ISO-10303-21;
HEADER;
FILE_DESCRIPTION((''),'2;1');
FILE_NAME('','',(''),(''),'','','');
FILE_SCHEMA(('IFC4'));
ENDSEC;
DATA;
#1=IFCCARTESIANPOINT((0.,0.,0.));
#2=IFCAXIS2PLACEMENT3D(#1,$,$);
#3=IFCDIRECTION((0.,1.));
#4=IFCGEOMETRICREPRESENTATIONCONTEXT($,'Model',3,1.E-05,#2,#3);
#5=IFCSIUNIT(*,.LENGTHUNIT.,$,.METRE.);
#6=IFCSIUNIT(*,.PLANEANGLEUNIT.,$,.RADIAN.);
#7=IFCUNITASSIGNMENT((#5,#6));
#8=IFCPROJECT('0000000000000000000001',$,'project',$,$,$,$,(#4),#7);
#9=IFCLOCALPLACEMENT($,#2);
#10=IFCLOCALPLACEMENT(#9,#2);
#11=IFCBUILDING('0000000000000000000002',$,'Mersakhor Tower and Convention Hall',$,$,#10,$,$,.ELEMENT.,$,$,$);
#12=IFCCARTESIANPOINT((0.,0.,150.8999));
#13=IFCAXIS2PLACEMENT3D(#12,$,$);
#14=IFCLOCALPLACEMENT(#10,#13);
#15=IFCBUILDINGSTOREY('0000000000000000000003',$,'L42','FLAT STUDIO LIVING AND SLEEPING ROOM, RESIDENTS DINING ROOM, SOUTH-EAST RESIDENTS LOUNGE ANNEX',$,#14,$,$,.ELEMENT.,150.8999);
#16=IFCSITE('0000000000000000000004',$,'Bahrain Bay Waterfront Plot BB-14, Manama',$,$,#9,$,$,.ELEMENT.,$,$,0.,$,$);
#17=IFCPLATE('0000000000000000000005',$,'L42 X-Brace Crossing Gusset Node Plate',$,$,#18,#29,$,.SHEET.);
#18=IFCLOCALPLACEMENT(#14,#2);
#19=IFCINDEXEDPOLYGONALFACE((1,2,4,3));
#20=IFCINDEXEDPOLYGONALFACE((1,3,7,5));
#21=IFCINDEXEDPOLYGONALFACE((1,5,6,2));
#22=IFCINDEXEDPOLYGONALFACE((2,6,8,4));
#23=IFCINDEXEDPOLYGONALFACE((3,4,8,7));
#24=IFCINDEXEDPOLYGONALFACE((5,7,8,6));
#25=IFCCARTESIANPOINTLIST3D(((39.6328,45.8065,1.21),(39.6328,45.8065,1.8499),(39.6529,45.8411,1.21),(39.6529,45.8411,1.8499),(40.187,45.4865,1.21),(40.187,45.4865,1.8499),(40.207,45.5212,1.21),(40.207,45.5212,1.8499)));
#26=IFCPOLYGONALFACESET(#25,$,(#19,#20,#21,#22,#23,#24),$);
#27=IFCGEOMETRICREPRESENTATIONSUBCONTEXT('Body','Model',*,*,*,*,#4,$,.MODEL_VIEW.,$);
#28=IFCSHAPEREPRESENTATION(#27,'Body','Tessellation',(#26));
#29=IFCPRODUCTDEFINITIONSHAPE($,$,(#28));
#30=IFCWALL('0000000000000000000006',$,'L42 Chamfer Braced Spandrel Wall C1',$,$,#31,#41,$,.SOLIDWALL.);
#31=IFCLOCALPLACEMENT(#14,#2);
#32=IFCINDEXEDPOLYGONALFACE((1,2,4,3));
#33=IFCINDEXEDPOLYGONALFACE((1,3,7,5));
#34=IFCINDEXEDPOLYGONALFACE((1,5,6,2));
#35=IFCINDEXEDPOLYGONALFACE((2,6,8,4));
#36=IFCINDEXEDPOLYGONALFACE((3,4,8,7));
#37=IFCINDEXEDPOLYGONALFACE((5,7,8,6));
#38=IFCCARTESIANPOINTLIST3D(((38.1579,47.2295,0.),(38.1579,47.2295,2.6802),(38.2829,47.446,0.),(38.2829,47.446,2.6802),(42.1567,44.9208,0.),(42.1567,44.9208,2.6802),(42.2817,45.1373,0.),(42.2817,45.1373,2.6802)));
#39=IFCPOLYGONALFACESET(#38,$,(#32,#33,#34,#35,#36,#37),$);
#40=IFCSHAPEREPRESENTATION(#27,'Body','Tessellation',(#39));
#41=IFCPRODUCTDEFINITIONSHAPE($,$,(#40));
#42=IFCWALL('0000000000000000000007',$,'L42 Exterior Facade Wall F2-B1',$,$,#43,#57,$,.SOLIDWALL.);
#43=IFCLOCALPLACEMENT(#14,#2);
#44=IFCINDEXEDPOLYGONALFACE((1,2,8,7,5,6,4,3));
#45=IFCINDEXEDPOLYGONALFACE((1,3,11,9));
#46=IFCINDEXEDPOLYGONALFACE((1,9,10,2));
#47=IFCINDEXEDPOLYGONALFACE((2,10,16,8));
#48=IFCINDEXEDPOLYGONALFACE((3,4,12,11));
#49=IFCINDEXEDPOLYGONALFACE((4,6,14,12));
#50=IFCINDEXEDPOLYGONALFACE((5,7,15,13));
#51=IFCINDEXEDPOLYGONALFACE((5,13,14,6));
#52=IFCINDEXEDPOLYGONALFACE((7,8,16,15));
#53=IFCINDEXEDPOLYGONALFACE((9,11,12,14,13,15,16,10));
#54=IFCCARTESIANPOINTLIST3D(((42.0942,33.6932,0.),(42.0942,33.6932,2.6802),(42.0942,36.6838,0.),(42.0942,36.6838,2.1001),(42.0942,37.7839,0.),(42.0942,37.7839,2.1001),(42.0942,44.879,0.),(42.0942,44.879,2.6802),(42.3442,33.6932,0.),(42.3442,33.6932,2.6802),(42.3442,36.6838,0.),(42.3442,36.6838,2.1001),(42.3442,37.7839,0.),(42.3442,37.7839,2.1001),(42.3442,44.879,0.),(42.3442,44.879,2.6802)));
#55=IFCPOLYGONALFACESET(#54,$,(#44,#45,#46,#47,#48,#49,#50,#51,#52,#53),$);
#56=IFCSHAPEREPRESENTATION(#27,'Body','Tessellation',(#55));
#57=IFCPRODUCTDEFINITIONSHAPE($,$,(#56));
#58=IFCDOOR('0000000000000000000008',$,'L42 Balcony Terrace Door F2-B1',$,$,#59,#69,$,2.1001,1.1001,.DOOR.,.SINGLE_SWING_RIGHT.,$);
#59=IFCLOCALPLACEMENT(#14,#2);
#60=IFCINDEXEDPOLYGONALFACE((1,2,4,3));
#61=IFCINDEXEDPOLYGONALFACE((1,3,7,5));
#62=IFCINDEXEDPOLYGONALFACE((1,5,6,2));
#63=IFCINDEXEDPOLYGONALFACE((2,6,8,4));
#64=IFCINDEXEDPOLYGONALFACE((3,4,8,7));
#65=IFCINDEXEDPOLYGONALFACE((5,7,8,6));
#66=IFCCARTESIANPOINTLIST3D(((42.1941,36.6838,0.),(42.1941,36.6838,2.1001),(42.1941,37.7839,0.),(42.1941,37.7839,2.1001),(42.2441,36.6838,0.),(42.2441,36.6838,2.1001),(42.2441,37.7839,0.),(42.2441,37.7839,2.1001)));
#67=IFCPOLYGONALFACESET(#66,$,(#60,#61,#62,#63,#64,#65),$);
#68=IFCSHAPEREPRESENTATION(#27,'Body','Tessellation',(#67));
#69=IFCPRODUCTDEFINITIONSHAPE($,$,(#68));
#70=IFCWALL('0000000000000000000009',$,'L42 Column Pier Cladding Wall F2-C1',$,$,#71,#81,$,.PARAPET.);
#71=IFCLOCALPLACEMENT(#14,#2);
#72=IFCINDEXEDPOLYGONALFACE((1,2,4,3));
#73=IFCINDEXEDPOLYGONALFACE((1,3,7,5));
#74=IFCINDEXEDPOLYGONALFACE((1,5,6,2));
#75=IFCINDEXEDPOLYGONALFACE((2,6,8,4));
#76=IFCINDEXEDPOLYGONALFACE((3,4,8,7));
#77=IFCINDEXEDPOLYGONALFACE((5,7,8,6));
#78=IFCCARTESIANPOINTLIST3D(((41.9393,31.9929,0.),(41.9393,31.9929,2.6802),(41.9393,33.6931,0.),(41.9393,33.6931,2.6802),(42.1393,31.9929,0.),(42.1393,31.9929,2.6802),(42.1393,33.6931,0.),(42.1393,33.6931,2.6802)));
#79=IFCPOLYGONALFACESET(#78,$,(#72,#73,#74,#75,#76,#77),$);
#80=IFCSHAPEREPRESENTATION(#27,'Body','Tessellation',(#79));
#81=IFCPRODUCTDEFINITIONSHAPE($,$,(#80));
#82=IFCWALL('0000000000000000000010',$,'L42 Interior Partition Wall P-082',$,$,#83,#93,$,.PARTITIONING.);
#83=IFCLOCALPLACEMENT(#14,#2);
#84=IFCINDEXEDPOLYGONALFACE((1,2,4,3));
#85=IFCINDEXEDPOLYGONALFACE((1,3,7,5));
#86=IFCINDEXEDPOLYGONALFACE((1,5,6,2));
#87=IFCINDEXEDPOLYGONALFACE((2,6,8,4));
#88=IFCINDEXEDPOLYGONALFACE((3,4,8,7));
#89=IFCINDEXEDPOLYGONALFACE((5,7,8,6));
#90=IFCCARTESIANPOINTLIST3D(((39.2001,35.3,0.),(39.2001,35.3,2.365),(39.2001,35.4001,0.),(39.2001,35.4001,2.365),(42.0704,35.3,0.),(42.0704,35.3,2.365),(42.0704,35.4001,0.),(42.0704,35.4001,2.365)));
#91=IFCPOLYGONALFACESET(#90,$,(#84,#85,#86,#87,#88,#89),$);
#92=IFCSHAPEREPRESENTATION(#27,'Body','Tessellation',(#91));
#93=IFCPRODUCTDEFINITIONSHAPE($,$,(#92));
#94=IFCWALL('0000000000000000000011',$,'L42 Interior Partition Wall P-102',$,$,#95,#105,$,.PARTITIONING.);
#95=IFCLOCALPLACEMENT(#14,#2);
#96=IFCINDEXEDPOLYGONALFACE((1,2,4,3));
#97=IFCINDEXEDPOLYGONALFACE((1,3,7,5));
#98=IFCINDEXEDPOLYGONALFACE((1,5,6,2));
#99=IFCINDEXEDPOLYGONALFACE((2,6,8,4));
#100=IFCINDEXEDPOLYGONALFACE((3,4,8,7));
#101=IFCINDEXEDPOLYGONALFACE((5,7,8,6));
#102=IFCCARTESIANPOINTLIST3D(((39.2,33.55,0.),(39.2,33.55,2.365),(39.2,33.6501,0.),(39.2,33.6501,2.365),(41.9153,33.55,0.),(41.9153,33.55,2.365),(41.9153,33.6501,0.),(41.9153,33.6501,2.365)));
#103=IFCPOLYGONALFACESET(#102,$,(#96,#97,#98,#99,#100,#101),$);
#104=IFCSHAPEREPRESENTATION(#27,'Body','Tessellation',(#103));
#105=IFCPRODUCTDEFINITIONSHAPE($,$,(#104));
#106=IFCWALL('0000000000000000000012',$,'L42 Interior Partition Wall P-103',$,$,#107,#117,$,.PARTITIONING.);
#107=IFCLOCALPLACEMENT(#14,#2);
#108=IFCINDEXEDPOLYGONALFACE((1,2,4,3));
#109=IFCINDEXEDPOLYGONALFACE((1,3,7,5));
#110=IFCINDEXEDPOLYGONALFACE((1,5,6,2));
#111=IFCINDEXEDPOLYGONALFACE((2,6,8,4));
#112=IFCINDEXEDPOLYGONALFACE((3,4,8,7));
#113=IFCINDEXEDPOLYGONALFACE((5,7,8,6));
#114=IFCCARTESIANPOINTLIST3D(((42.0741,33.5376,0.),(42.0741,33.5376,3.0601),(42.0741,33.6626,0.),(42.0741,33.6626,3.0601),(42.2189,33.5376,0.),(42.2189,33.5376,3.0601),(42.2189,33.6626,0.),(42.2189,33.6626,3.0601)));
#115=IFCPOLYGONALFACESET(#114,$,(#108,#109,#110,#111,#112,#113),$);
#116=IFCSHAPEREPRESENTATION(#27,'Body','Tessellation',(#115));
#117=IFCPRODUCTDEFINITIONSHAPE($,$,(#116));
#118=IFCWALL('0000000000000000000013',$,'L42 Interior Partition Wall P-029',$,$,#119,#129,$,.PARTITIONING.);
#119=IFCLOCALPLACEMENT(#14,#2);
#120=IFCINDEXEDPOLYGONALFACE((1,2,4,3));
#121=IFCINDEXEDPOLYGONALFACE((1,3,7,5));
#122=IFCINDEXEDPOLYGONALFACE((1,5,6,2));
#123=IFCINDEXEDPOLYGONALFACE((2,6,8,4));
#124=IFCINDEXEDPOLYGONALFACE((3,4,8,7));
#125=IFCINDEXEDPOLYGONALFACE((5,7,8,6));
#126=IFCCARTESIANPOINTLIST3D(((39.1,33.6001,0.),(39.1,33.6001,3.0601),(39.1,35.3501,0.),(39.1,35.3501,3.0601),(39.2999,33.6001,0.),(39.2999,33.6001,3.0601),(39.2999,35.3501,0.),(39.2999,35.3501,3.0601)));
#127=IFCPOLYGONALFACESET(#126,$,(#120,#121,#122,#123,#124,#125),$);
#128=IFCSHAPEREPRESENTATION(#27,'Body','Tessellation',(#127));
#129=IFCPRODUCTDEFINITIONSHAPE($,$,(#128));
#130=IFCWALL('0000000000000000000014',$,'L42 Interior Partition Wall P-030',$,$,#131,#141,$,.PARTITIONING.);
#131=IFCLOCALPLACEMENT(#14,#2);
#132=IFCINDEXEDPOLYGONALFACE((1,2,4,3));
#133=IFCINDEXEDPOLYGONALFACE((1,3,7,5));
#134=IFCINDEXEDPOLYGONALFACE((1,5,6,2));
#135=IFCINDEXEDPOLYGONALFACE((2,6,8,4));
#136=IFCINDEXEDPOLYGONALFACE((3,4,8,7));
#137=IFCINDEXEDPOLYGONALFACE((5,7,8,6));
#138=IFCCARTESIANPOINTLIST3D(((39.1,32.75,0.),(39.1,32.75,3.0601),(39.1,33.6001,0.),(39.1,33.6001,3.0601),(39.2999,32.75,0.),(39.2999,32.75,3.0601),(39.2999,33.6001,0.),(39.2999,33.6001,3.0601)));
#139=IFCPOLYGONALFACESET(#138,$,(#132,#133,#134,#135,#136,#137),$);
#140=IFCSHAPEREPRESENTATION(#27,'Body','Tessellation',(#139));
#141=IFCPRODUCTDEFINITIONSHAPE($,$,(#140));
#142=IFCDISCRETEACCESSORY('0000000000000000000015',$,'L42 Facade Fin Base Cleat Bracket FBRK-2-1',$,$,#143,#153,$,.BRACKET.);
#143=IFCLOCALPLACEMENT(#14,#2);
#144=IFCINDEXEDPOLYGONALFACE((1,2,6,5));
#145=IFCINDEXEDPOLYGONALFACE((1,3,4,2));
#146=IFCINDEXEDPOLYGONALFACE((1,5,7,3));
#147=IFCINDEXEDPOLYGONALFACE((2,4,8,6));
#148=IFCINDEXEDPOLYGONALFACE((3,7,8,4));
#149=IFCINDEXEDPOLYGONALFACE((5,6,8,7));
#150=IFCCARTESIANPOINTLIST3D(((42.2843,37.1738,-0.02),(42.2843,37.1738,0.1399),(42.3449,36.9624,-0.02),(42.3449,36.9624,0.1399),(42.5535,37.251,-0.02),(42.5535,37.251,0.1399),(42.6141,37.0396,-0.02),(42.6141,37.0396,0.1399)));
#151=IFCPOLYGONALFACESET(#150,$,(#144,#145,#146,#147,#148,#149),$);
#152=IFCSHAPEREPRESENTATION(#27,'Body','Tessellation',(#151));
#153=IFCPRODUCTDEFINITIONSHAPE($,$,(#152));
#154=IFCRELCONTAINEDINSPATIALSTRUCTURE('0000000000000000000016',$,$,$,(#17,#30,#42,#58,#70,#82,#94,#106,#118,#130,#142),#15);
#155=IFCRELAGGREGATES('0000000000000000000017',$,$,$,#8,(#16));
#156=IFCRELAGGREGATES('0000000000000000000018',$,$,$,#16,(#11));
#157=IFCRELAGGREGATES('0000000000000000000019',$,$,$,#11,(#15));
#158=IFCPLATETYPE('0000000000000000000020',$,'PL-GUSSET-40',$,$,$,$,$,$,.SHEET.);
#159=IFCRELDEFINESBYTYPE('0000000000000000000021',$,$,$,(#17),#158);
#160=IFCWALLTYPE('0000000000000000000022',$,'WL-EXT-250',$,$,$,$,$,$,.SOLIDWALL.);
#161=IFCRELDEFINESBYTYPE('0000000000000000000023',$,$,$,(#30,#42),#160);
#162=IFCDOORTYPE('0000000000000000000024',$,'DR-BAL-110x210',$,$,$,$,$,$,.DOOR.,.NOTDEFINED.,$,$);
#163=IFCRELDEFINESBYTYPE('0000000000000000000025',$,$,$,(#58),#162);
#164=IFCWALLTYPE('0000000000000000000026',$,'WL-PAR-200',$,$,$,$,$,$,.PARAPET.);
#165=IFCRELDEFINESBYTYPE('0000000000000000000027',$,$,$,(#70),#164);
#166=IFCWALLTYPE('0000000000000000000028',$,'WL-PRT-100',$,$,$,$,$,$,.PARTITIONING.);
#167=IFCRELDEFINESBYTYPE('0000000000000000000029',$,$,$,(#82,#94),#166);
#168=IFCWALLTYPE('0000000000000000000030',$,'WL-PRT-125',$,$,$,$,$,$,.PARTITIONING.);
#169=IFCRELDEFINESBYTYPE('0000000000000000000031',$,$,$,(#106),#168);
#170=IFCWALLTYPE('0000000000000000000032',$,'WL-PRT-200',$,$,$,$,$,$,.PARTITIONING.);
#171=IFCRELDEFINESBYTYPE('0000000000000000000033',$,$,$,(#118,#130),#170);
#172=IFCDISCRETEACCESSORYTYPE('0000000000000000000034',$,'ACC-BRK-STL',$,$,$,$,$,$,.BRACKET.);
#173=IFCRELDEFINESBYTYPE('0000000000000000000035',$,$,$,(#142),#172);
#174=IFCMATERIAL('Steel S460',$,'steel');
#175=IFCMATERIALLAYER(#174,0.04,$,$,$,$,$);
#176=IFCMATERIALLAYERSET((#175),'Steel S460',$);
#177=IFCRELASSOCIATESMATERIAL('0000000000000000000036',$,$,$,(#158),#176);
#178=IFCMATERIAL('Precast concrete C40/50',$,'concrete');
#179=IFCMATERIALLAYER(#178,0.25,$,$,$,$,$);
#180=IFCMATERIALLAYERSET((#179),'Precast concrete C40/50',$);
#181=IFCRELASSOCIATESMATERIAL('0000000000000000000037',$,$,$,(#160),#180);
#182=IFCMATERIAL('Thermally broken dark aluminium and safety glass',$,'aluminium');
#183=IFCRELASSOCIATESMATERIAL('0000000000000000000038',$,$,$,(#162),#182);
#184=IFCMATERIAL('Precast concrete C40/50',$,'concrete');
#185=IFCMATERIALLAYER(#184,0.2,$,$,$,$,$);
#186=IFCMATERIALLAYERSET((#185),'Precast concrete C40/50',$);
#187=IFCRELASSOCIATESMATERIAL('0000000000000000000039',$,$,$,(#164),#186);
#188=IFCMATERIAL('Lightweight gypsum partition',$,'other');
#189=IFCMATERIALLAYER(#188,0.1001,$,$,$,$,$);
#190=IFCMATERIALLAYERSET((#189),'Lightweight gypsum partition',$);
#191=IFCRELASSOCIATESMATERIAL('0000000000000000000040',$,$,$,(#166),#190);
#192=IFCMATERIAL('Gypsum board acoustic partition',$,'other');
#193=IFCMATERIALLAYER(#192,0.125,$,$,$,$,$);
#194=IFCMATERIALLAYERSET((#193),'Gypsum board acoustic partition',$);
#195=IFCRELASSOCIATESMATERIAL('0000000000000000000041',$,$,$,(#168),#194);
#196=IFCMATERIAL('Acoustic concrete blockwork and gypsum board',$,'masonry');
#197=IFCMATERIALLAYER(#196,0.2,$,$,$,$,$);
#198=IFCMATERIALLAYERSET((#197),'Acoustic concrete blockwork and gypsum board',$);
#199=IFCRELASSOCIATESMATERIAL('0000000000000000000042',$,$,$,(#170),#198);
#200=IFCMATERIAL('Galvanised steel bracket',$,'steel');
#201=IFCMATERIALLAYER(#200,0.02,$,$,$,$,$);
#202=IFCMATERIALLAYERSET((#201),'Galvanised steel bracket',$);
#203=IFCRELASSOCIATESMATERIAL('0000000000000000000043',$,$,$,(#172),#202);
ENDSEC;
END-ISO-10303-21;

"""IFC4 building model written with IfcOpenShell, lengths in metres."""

from ifc_helpers import new_model, si_unit, direction, frame, frame_2d, origin, origin_2d, place, context, subcontext, project, spatial, rectangle, extrude, material, layer, layer_set, type_object, element, fill, save


model = new_model("IFC4")

# Units and contexts
model_context = context("Model", 3, precision=1e-05, world=origin(), true_north=direction((0.0, 1.0)))
body_context = subcontext(model_context, "Body", "Model", "MODEL_VIEW")
ifc_project = project(units=[si_unit("LENGTHUNIT", "METRE"), si_unit("PLANEANGLEUNIT", "RADIAN")], contexts=[model_context])

# Site, building, storey
site_placement = place(None, origin())
site = spatial("IfcSite", under=ifc_project, at=site_placement, Name="Bahrain Bay Waterfront Plot BB-14, Manama", CompositionType="ELEMENT", RefElevation=0.0)
building_placement = place(site_placement, origin())
building = spatial("IfcBuilding", under=site, at=building_placement, Name="Mersakhor Tower and Convention Hall", CompositionType="ELEMENT")
storey_placement = place(building_placement, frame((0.0, 0.0, 150.8999)))
storey = spatial("IfcBuildingStorey", under=building, at=storey_placement, Name="L42", Description="FLAT STUDIO LIVING AND SLEEPING ROOM, RESIDENTS DINING ROOM, SOUTH-EAST RESIDENTS LOUNGE ANNEX", CompositionType="ELEMENT", Elevation=150.8999)

# Plate
ifc_material_1 = material(Name="Steel S460", Category="steel")
ifc_layer_1 = layer(ifc_material_1, 0.04)
ifc_layer_set_1 = layer_set([ifc_layer_1], Name="Steel S460")
plate_type_1 = type_object("IfcPlateType", Name="PL-GUSSET-40", PredefinedType="SHEET", material=ifc_layer_set_1)
plate_1_placement = place(storey_placement, frame((39.9199, 45.6638, 1.21), z_axis=(0.0, 0.0, 1.0), x_axis=(-0.866025, 0.5, 0.0)))
element("IfcPlate", 1, at=plate_1_placement, inside=storey, type_object=plate_type_1, Name="L42 X-Brace Crossing Gusset Node Plate", PredefinedType="SHEET", context=body_context, shape_type="SweptSolid", body=[
    extrude(rectangle(XDim=0.6399, YDim=0.04, at=origin_2d()), origin(), (0.0, 0.0, 1.0), 0.6399),
])

# Wall
ifc_material_2 = material(Name="Precast concrete C40/50", Category="concrete")
ifc_layer_2 = layer(ifc_material_2, 0.25)
ifc_layer_set_2 = layer_set([ifc_layer_2], Name="Precast concrete C40/50")
wall_type_1 = type_object("IfcWallType", Name="WL-EXT-250", PredefinedType="SOLIDWALL", material=ifc_layer_set_2)
wall_1_placement = place(storey_placement, frame((38.2205, 47.3376, 0.0), z_axis=(0.0, 0.0, 1.0), x_axis=(0.866035, -0.499983, 0.0)))
element("IfcWall", 2, at=wall_1_placement, inside=storey, type_object=wall_type_1, Name="L42 Chamfer Braced Spandrel Wall C1", PredefinedType="SOLIDWALL", context=body_context, shape_type="SweptSolid", body=[
    extrude(rectangle(XDim=4.6174, YDim=0.25, at=frame_2d((2.3086, 0.0))), origin(), (0.0, 0.0, 1.0), 2.6802),
])

# Wall, opening, door
wall_2_placement = place(storey_placement, frame((42.2192, 44.8789, 0.0), z_axis=(0.0, 0.0, 1.0), x_axis=(0.0, -1.0, 0.0)))
wall_2 = element("IfcWall", 3, at=wall_2_placement, inside=storey, type_object=wall_type_1, Name="L42 Exterior Facade Wall F2-B1", PredefinedType="SOLIDWALL", context=body_context, shape_type="SweptSolid", body=[
    extrude(rectangle(XDim=11.1858, YDim=0.25, at=frame_2d((5.5928, 0.0))), origin(), (0.0, 0.0, 1.0), 2.6802),
])
opening_placement = place(wall_2_placement, frame((7.095, 0.0, 0.0)))
opening = element("IfcOpeningElement", 4, at=opening_placement, cuts=wall_2, PredefinedType="OPENING", context=body_context, shape_type="SweptSolid", body=[
    extrude(rectangle(XDim=1.1001, YDim=2.1001, at=frame_2d((0.55, 1.05))), frame((0.0, 0.135, 0.0), z_axis=(0.0, -1.0, 0.0), x_axis=(1.0, 0.0, 0.0)), (0.0, 0.0, 1.0), 0.27),
])
ifc_material_3 = material(Name="Thermally broken dark aluminium and safety glass", Category="aluminium")
door_type = type_object("IfcDoorType", Name="DR-BAL-110x210", OperationType="NOTDEFINED", PredefinedType="DOOR", material=ifc_material_3)
door_placement = place(opening_placement, origin())
door = element("IfcDoor", 5, at=door_placement, inside=storey, type_object=door_type, Name="L42 Balcony Terrace Door F2-B1", OperationType="SINGLE_SWING_RIGHT", OverallHeight=2.1001, OverallWidth=1.1001, PredefinedType="DOOR", context=body_context, shape_type="SweptSolid", body=[
    extrude(rectangle(XDim=1.1001, YDim=2.1001, at=frame_2d((0.55, 1.05))), frame((0.0, 0.0249, 0.0), z_axis=(0.0, -1.0, 0.0), x_axis=(1.0, 0.0, 0.0)), (0.0, 0.0, 1.0), 0.05),
])
fill(opening, door)

# Walls
ifc_material_4 = material(Name="Precast concrete C40/50", Category="concrete")
ifc_layer_3 = layer(ifc_material_4, 0.2)
ifc_layer_set_3 = layer_set([ifc_layer_3], Name="Precast concrete C40/50")
wall_type_2 = type_object("IfcWallType", Name="WL-PAR-200", PredefinedType="PARAPET", material=ifc_layer_set_3)
wall_3_placement = place(storey_placement, frame((42.0393, 33.6931, 0.0), z_axis=(0.0, 0.0, 1.0), x_axis=(0.0, -1.0, 0.0)))
element("IfcWall", 6, at=wall_3_placement, inside=storey, type_object=wall_type_2, Name="L42 Column Pier Cladding Wall F2-C1", PredefinedType="PARAPET", context=body_context, shape_type="SweptSolid", body=[
    extrude(rectangle(XDim=1.7002, YDim=0.2, at=frame_2d((0.8501, 0.0))), origin(), (0.0, 0.0, 1.0), 2.6802),
])
ifc_material_5 = material(Name="Lightweight gypsum partition", Category="other")
ifc_layer_4 = layer(ifc_material_5, 0.1001)
ifc_layer_set_4 = layer_set([ifc_layer_4], Name="Lightweight gypsum partition")
wall_type_3 = type_object("IfcWallType", Name="WL-PRT-100", PredefinedType="PARTITIONING", material=ifc_layer_set_4)
wall_4_placement = place(storey_placement, frame((42.0703, 35.3501, 0.0), z_axis=(0.0, 0.0, 1.0), x_axis=(-1.0, 0.0, 0.0)))
element("IfcWall", 7, at=wall_4_placement, inside=storey, type_object=wall_type_3, Name="L42 Interior Partition Wall P-082", PredefinedType="PARTITIONING", context=body_context, shape_type="SweptSolid", body=[
    extrude(rectangle(XDim=2.8704, YDim=0.1001, at=frame_2d((1.4351, 0.0))), origin(), (0.0, 0.0, 1.0), 2.365),
])
wall_5_placement = place(storey_placement, frame((39.2, 33.6001, 0.0), z_axis=(0.0, 0.0, 1.0), x_axis=(1.0, 0.0, 0.0)))
element("IfcWall", 8, at=wall_5_placement, inside=storey, type_object=wall_type_3, Name="L42 Interior Partition Wall P-102", PredefinedType="PARTITIONING", context=body_context, shape_type="SweptSolid", body=[
    extrude(rectangle(XDim=2.7153, YDim=0.1001, at=frame_2d((1.3577, 0.0))), origin(), (0.0, 0.0, 1.0), 2.365),
])
ifc_material_6 = material(Name="Gypsum board acoustic partition", Category="other")
ifc_layer_5 = layer(ifc_material_6, 0.125)
ifc_layer_set_5 = layer_set([ifc_layer_5], Name="Gypsum board acoustic partition")
wall_type_4 = type_object("IfcWallType", Name="WL-PRT-125", PredefinedType="PARTITIONING", material=ifc_layer_set_5)
wall_6_placement = place(storey_placement, frame((42.0742, 33.6001, 0.0), z_axis=(0.0, 0.0, 1.0), x_axis=(1.0, 0.0, 0.0)))
element("IfcWall", 9, at=wall_6_placement, inside=storey, type_object=wall_type_4, Name="L42 Interior Partition Wall P-103", PredefinedType="PARTITIONING", context=body_context, shape_type="SweptSolid", body=[
    extrude(rectangle(XDim=0.1448, YDim=0.125, at=frame_2d((0.0723, 0.0))), origin(), (0.0, 0.0, 1.0), 3.0601),
])
ifc_material_7 = material(Name="Acoustic concrete blockwork and gypsum board", Category="masonry")
ifc_layer_6 = layer(ifc_material_7, 0.2)
ifc_layer_set_6 = layer_set([ifc_layer_6], Name="Acoustic concrete blockwork and gypsum board")
wall_type_5 = type_object("IfcWallType", Name="WL-PRT-200", PredefinedType="PARTITIONING", material=ifc_layer_set_6)
wall_7_placement = place(storey_placement, frame((39.2, 35.3501, 0.0), z_axis=(0.0, 0.0, 1.0), x_axis=(0.0, -1.0, 0.0)))
element("IfcWall", 10, at=wall_7_placement, inside=storey, type_object=wall_type_5, Name="L42 Interior Partition Wall P-029", PredefinedType="PARTITIONING", context=body_context, shape_type="SweptSolid", body=[
    extrude(rectangle(XDim=1.75, YDim=0.2, at=frame_2d((0.875, 0.0))), origin(), (0.0, 0.0, 1.0), 3.0601),
])
wall_8_placement = place(storey_placement, frame((39.2, 33.6001, 0.0), z_axis=(0.0, 0.0, 1.0), x_axis=(0.0, -1.0, 0.0)))
element("IfcWall", 11, at=wall_8_placement, inside=storey, type_object=wall_type_5, Name="L42 Interior Partition Wall P-030", PredefinedType="PARTITIONING", context=body_context, shape_type="SweptSolid", body=[
    extrude(rectangle(XDim=0.8501, YDim=0.2, at=frame_2d((0.425, 0.0))), origin(), (0.0, 0.0, 1.0), 3.0601),
])

# Discrete accessory
ifc_material_8 = material(Name="Galvanised steel bracket", Category="steel")
ifc_layer_7 = layer(ifc_material_8, 0.02)
ifc_layer_set_7 = layer_set([ifc_layer_7], Name="Galvanised steel bracket")
discrete_accessory_type = type_object("IfcDiscreteAccessoryType", Name="ACC-BRK-STL", PredefinedType="BRACKET", material=ifc_layer_set_7)
discrete_accessory_placement = place(storey_placement, frame((42.4492, 37.1067, -0.02), z_axis=(0.0, 0.0, 1.0), x_axis=(0.961262, 0.275637, 0.0)))
element("IfcDiscreteAccessory", 12, at=discrete_accessory_placement, inside=storey, type_object=discrete_accessory_type, Name="L42 Facade Fin Base Cleat Bracket FBRK-2-1", PredefinedType="BRACKET", context=body_context, shape_type="SweptSolid", body=[
    extrude(rectangle(XDim=0.28, YDim=0.22, at=origin_2d()), origin(), (0.0, 0.0, 1.0), 0.1599),
])

save(model, "model.ifc")
